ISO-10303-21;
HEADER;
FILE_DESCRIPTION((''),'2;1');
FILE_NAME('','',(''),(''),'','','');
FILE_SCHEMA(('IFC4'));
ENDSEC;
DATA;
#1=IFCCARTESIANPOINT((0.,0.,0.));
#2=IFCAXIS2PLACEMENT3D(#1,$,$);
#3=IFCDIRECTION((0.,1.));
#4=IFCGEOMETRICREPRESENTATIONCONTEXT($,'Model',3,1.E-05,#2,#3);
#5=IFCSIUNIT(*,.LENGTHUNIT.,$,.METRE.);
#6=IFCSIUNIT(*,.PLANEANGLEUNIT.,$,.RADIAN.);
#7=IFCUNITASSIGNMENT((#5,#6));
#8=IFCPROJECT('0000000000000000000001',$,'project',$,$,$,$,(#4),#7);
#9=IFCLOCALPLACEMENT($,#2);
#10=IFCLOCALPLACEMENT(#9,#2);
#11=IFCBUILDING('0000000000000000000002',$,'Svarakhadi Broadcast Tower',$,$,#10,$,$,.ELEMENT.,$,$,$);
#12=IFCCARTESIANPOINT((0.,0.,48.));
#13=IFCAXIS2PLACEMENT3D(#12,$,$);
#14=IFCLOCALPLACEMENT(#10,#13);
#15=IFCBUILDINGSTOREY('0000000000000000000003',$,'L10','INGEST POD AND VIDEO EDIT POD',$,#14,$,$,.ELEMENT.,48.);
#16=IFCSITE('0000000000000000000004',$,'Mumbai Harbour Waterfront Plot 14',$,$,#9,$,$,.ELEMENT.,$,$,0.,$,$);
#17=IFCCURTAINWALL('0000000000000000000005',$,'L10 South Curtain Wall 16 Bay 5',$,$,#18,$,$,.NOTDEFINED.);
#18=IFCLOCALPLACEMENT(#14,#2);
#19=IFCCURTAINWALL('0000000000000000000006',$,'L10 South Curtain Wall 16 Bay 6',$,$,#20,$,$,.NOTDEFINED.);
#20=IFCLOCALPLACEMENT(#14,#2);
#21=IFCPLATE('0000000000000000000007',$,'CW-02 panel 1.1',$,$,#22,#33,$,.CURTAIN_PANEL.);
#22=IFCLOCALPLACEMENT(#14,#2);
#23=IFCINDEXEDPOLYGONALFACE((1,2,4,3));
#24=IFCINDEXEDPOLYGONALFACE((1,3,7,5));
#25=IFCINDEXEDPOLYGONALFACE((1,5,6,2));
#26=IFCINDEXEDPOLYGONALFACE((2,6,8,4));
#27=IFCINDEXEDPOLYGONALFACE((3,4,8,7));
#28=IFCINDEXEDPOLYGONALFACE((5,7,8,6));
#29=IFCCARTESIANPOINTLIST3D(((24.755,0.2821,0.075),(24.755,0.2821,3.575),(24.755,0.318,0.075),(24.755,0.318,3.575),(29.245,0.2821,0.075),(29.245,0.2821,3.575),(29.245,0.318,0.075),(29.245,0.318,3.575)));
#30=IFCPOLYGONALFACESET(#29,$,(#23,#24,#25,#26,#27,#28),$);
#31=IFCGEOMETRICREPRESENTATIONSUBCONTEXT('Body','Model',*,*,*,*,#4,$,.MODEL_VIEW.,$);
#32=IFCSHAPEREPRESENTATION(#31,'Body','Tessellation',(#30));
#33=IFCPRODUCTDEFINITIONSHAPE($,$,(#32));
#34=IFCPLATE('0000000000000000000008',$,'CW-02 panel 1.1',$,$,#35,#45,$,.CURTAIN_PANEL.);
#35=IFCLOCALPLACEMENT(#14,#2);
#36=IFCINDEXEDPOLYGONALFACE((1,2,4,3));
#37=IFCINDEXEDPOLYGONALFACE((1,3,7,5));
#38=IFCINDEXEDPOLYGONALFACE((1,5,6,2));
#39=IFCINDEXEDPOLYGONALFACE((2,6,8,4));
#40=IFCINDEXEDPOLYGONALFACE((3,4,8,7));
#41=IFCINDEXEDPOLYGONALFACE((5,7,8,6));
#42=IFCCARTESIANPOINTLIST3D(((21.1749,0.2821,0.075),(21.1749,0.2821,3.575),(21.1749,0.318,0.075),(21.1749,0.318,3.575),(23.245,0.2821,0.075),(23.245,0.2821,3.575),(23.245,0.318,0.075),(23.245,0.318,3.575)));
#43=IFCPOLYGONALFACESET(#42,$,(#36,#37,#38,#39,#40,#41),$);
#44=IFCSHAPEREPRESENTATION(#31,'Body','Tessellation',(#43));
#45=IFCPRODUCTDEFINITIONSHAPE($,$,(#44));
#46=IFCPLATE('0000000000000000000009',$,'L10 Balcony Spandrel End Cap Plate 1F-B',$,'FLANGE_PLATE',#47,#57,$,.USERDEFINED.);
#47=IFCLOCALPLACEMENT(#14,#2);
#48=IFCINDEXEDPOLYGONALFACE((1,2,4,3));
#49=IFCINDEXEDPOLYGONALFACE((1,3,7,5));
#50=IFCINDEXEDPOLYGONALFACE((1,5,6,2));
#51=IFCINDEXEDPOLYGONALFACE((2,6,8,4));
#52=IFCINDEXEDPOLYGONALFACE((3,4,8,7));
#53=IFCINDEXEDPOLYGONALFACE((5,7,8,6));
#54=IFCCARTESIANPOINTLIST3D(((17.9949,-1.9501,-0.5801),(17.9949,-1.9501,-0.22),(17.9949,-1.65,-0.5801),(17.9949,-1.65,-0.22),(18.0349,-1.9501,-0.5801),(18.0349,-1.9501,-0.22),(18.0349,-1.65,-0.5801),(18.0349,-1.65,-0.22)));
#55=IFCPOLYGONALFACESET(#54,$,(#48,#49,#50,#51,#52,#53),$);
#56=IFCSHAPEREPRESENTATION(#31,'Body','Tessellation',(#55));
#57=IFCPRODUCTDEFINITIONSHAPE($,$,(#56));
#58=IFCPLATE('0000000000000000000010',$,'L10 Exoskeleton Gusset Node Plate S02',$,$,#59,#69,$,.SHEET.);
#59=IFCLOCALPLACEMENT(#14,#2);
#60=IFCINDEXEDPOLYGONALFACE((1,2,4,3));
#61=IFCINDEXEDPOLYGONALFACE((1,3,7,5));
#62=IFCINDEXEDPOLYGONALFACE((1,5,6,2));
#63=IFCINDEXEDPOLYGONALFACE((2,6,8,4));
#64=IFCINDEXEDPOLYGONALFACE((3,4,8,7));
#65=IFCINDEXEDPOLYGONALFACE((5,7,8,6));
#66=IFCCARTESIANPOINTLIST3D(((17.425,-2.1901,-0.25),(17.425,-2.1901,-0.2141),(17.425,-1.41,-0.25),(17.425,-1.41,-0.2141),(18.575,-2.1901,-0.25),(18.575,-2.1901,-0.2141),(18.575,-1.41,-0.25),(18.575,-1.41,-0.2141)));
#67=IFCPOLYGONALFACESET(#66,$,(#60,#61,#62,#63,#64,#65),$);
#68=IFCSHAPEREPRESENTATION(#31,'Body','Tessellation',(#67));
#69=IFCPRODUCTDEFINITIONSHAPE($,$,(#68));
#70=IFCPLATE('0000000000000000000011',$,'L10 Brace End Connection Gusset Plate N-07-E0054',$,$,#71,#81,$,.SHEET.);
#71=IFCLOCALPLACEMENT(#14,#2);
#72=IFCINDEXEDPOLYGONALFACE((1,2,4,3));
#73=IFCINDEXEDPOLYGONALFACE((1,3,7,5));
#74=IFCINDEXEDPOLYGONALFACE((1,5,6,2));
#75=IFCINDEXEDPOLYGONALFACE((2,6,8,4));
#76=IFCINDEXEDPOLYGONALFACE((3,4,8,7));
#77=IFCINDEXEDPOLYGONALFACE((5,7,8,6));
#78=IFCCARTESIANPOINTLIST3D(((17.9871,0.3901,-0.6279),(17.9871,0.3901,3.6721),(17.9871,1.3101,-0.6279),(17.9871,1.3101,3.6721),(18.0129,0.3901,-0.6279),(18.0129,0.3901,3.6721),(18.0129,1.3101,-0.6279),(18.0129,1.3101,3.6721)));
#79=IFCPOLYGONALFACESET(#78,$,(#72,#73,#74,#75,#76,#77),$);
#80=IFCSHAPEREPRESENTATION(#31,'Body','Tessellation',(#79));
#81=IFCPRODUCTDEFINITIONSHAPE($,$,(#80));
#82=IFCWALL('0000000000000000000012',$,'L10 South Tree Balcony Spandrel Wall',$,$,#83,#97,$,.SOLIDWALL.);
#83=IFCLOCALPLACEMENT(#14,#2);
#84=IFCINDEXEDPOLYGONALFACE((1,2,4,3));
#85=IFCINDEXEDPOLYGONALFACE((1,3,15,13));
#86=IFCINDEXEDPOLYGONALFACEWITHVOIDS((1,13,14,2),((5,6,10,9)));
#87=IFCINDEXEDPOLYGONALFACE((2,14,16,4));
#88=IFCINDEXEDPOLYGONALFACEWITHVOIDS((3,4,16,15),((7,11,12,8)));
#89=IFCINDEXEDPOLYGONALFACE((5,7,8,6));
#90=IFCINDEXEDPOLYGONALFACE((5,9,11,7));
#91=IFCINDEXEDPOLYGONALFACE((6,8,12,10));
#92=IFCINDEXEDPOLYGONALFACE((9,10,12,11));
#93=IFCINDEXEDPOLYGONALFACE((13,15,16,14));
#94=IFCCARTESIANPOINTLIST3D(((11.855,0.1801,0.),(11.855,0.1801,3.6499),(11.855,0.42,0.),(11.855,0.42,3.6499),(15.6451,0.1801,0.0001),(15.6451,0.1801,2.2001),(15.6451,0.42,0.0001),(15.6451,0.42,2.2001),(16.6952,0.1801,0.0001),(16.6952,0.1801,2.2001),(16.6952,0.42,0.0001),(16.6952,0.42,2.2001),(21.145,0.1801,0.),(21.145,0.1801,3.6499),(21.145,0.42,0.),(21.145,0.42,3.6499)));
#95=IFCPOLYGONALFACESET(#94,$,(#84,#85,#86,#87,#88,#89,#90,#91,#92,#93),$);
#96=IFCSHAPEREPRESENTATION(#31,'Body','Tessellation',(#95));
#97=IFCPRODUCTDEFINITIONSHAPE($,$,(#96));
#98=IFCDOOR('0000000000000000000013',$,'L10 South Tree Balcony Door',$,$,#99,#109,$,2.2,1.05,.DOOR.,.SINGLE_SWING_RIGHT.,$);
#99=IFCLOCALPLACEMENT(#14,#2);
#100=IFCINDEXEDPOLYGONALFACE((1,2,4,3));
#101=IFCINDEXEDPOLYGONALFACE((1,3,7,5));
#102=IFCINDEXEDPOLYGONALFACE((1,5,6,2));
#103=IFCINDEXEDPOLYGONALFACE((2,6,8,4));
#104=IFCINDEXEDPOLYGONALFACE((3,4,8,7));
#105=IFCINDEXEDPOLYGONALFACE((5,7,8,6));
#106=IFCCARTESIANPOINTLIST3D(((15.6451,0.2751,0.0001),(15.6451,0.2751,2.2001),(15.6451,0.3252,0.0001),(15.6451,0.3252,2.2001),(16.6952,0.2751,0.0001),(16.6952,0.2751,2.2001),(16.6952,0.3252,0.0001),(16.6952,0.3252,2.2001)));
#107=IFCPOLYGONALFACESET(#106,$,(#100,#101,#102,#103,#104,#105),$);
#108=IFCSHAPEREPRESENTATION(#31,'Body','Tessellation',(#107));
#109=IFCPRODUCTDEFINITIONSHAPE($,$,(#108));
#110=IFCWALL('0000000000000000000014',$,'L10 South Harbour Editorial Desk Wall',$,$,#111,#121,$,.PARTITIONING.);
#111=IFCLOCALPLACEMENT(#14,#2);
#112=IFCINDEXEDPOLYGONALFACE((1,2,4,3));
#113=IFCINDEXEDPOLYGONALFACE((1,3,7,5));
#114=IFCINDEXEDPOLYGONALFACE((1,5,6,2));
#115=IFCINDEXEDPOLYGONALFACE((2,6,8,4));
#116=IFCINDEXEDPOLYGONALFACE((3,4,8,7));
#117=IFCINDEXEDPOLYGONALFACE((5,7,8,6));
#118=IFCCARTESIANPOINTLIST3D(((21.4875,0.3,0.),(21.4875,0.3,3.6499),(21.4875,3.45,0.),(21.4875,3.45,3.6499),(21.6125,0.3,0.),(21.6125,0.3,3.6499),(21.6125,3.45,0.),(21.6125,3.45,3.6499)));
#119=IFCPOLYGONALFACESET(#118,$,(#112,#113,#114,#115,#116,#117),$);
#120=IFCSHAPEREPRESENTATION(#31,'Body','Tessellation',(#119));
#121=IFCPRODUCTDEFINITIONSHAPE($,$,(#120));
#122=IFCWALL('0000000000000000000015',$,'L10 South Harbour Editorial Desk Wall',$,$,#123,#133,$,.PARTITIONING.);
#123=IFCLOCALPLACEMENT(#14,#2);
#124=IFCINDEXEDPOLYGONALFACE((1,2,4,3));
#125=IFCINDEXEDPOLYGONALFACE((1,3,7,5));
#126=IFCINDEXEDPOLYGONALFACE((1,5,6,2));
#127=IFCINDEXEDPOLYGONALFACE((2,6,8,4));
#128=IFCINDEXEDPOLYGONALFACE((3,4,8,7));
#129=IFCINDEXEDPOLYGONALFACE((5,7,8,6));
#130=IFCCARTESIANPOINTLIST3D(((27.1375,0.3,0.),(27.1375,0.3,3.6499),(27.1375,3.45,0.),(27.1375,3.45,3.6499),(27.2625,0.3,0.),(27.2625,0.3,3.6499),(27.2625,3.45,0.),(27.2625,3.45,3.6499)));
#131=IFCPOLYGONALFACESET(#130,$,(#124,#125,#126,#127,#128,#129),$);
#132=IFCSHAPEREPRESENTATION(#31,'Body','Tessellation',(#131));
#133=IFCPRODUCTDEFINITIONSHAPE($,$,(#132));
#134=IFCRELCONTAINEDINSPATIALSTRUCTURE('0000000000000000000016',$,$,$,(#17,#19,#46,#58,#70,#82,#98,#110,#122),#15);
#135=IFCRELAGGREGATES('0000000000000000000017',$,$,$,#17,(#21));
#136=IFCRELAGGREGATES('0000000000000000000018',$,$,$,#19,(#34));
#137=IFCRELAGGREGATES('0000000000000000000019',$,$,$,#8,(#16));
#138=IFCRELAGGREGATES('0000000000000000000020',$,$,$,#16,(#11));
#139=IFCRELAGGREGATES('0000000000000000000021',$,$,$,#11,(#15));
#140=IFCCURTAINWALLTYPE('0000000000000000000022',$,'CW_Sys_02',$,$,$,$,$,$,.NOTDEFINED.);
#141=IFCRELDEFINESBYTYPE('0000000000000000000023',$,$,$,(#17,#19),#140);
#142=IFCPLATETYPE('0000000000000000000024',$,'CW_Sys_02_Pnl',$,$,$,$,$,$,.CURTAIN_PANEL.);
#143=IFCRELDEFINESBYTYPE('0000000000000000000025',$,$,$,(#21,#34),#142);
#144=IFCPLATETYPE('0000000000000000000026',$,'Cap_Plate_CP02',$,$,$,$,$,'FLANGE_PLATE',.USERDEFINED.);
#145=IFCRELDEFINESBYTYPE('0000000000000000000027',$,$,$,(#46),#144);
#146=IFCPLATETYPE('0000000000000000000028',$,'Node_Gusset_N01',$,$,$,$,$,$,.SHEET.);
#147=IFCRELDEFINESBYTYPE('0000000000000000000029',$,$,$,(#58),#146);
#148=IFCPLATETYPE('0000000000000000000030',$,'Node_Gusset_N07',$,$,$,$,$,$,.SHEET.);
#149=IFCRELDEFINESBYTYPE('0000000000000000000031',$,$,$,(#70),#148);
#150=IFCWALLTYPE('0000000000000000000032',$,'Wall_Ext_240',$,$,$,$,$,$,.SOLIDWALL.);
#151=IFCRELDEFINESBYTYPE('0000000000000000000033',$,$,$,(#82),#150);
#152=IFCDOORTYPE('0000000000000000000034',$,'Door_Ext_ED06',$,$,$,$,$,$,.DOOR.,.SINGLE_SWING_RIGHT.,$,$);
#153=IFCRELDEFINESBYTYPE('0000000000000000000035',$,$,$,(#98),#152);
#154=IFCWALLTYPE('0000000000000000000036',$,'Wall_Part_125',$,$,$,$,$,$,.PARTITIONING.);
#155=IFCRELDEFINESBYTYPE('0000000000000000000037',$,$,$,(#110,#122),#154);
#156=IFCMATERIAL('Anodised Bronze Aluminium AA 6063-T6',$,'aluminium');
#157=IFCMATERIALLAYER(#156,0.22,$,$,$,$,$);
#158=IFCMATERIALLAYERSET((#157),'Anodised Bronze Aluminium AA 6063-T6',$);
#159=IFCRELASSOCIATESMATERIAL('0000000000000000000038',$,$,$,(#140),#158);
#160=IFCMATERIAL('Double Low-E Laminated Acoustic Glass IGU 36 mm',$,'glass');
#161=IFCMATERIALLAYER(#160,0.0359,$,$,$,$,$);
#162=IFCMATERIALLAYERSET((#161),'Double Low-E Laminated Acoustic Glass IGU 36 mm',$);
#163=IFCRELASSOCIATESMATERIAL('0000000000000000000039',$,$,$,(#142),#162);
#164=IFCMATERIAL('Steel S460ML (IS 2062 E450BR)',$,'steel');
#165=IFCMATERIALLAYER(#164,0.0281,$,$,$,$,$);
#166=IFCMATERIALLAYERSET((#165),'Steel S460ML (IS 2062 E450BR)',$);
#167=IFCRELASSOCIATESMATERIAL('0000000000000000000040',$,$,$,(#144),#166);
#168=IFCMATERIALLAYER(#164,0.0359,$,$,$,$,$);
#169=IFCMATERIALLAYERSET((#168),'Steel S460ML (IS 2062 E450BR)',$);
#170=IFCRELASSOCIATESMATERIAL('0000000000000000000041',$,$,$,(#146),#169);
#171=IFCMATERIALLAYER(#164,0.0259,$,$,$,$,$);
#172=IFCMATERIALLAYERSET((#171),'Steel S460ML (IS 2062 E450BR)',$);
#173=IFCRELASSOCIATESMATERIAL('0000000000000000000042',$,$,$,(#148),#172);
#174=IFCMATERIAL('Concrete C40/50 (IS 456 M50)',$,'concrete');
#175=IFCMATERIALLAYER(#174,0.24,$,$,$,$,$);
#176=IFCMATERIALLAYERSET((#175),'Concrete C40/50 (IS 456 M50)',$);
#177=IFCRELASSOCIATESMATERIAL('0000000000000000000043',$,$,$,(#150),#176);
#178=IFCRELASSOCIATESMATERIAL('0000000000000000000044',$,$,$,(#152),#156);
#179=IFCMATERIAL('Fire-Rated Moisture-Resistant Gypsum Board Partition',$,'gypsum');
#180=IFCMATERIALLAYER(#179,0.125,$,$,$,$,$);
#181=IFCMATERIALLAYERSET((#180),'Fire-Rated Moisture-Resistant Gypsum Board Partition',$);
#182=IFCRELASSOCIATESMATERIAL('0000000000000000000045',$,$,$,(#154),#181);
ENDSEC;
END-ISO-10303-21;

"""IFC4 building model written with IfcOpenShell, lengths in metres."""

from ifc_helpers import new_model, si_unit, direction, frame, frame_2d, origin, origin_2d, place, context, subcontext, project, spatial, rectangle, extrude, material, layer, layer_set, type_object, element, fill, aggregate, save


model = new_model("IFC4")

# Units and contexts
model_context = context("Model", 3, precision=1e-05, world=origin(), true_north=direction((0.0, 1.0)))
body_context = subcontext(model_context, "Body", "Model", "MODEL_VIEW")
ifc_project = project(units=[si_unit("LENGTHUNIT", "METRE"), si_unit("PLANEANGLEUNIT", "RADIAN")], contexts=[model_context])

# Site, building, storey
site_placement = place(None, origin())
site = spatial("IfcSite", under=ifc_project, at=site_placement, Name="Mumbai Harbour Waterfront Plot 14", CompositionType="ELEMENT", RefElevation=0.0)
building_placement = place(site_placement, origin())
building = spatial("IfcBuilding", under=site, at=building_placement, Name="Svarakhadi Broadcast Tower", CompositionType="ELEMENT")
storey_placement = place(building_placement, frame((0.0, 0.0, 48.0)))
storey = spatial("IfcBuildingStorey", under=building, at=storey_placement, Name="L10", Description="INGEST POD AND VIDEO EDIT POD", CompositionType="ELEMENT", Elevation=48.0)

# Curtain wall
ifc_material_1 = material(Name="Anodised Bronze Aluminium AA 6063-T6", Category="aluminium")
ifc_layer_1 = layer(ifc_material_1, 0.22)
ifc_layer_set_1 = layer_set([ifc_layer_1], Name="Anodised Bronze Aluminium AA 6063-T6")
curtain_wall_type = type_object("IfcCurtainWallType", Name="CW_Sys_02", PredefinedType="NOTDEFINED", material=ifc_layer_set_1)
curtain_wall_1_placement = place(storey_placement, origin())
curtain_wall_1 = element("IfcCurtainWall", 1, at=curtain_wall_1_placement, inside=storey, type_object=curtain_wall_type, Name="L10 South Curtain Wall 16 Bay 5", PredefinedType="NOTDEFINED")

# Curtain wall
curtain_wall_2_placement = place(storey_placement, origin())
curtain_wall_2 = element("IfcCurtainWall", 2, at=curtain_wall_2_placement, inside=storey, type_object=curtain_wall_type, Name="L10 South Curtain Wall 16 Bay 6", PredefinedType="NOTDEFINED")

# Shared definitions
ifc_material_2 = material(Name="Steel S460ML (IS 2062 E450BR)", Category="steel")

# Plates
ifc_material_3 = material(Name="Double Low-E Laminated Acoustic Glass IGU 36 mm", Category="glass")
ifc_layer_2 = layer(ifc_material_3, 0.0359)
ifc_layer_set_2 = layer_set([ifc_layer_2], Name="Double Low-E Laminated Acoustic Glass IGU 36 mm")
plate_type_1 = type_object("IfcPlateType", Name="CW_Sys_02_Pnl", PredefinedType="CURTAIN_PANEL", material=ifc_layer_set_2)
plate_1_placement = place(storey_placement, frame((27.0, 0.3, 0.075), z_axis=(0.0, 0.0, 1.0), x_axis=(-1.0, 0.0, 0.0)))
plate_1 = element("IfcPlate", 3, at=plate_1_placement, type_object=plate_type_1, Name="CW-02 panel 1.1", PredefinedType="CURTAIN_PANEL", context=body_context, shape_type="SweptSolid", body=[
    extrude(rectangle(XDim=4.49, YDim=0.0359, at=origin_2d()), origin(), (0.0, 0.0, 1.0), 3.5),
])
aggregate(curtain_wall_1, [plate_1])
plate_2_placement = place(storey_placement, frame((22.21, 0.3, 0.075), z_axis=(0.0, 0.0, 1.0), x_axis=(-1.0, 0.0, 0.0)))
plate_2 = element("IfcPlate", 4, at=plate_2_placement, type_object=plate_type_1, Name="CW-02 panel 1.1", PredefinedType="CURTAIN_PANEL", context=body_context, shape_type="SweptSolid", body=[
    extrude(rectangle(XDim=2.0701, YDim=0.0359, at=origin_2d()), origin(), (0.0, 0.0, 1.0), 3.5),
])
aggregate(curtain_wall_2, [plate_2])

# Plates
ifc_layer_3 = layer(ifc_material_2, 0.0281)
ifc_layer_set_3 = layer_set([ifc_layer_3], Name="Steel S460ML (IS 2062 E450BR)")
plate_type_2 = type_object("IfcPlateType", Name="Cap_Plate_CP02", ElementType="FLANGE_PLATE", PredefinedType="USERDEFINED", material=ifc_layer_set_3)
plate_3_placement = place(storey_placement, frame((18.0149, -1.8, -0.5801), z_axis=(0.0, 0.0, 1.0), x_axis=(1.0, 0.0, 0.0)))
element("IfcPlate", 5, at=plate_3_placement, inside=storey, type_object=plate_type_2, Name="L10 Balcony Spandrel End Cap Plate 1F-B", ObjectType="FLANGE_PLATE", PredefinedType="USERDEFINED", context=body_context, shape_type="SweptSolid", body=[
    extrude(rectangle(XDim=0.04, YDim=0.3, at=origin_2d()), origin(), (0.0, 0.0, 1.0), 0.3601),
])
ifc_layer_4 = layer(ifc_material_2, 0.0359)
ifc_layer_set_4 = layer_set([ifc_layer_4], Name="Steel S460ML (IS 2062 E450BR)")
plate_type_3 = type_object("IfcPlateType", Name="Node_Gusset_N01", PredefinedType="SHEET", material=ifc_layer_set_4)
plate_4_placement = place(storey_placement, frame((18.0, -1.8, -0.25), z_axis=(0.0, 0.0, 1.0), x_axis=(1.0, 0.0, 0.0)))
element("IfcPlate", 6, at=plate_4_placement, inside=storey, type_object=plate_type_3, Name="L10 Exoskeleton Gusset Node Plate S02", PredefinedType="SHEET", context=body_context, shape_type="SweptSolid", body=[
    extrude(rectangle(XDim=1.1499, YDim=0.78, at=origin_2d()), origin(), (0.0, 0.0, 1.0), 0.0359),
])
ifc_layer_5 = layer(ifc_material_2, 0.0259)
ifc_layer_set_5 = layer_set([ifc_layer_5], Name="Steel S460ML (IS 2062 E450BR)")
plate_type_4 = type_object("IfcPlateType", Name="Node_Gusset_N07", PredefinedType="SHEET", material=ifc_layer_set_5)
plate_5_placement = place(storey_placement, frame((18.0, 0.8501, -0.6279), z_axis=(0.0, 0.0, 1.0), x_axis=(0.0, 1.0, 0.0)))
element("IfcPlate", 7, at=plate_5_placement, inside=storey, type_object=plate_type_4, Name="L10 Brace End Connection Gusset Plate N-07-E0054", PredefinedType="SHEET", context=body_context, shape_type="SweptSolid", body=[
    extrude(rectangle(XDim=0.9199, YDim=0.0259, at=origin_2d()), origin(), (0.0, 0.0, 1.0), 4.3),
])

# Wall, opening, door
ifc_material_4 = material(Name="Concrete C40/50 (IS 456 M50)", Category="concrete")
ifc_layer_6 = layer(ifc_material_4, 0.24)
ifc_layer_set_6 = layer_set([ifc_layer_6], Name="Concrete C40/50 (IS 456 M50)")
wall_type_1 = type_object("IfcWallType", Name="Wall_Ext_240", PredefinedType="SOLIDWALL", material=ifc_layer_set_6)
wall_placement = place(storey_placement, frame((21.145, 0.3, 0.0), z_axis=(0.0, 0.0, 1.0), x_axis=(-1.0, 0.0, 0.0)))
wall = element("IfcWall", 8, at=wall_placement, inside=storey, type_object=wall_type_1, Name="L10 South Tree Balcony Spandrel Wall", PredefinedType="SOLIDWALL", context=body_context, shape_type="SweptSolid", body=[
    extrude(rectangle(XDim=9.29, YDim=0.24, at=frame_2d((4.645, 0.0))), origin(), (0.0, 0.0, 1.0), 3.6499),
])
opening_placement = place(wall_placement, frame((4.45, 0.0, 0.0)))
opening = element("IfcOpeningElement", 9, at=opening_placement, cuts=wall, PredefinedType="OPENING", context=body_context, shape_type="SweptSolid", body=[
    extrude(rectangle(XDim=1.05, YDim=2.2, at=frame_2d((0.5249, 1.1001))), frame((0.0, 0.1299, 0.0), z_axis=(0.0, -1.0, 0.0), x_axis=(1.0, 0.0, 0.0)), (0.0, 0.0, 1.0), 0.26),
])
door_type = type_object("IfcDoorType", Name="Door_Ext_ED06", OperationType="SINGLE_SWING_RIGHT", PredefinedType="DOOR", material=ifc_material_1)
door_placement = place(opening_placement, origin())
door = element("IfcDoor", 10, at=door_placement, inside=storey, type_object=door_type, Name="L10 South Tree Balcony Door", OperationType="SINGLE_SWING_RIGHT", OverallHeight=2.2, OverallWidth=1.05, PredefinedType="DOOR", context=body_context, shape_type="SweptSolid", body=[
    extrude(rectangle(XDim=1.05, YDim=2.2, at=frame_2d((0.5249, 1.1001))), frame((0.0, 0.0249, 0.0), z_axis=(0.0, -1.0, 0.0), x_axis=(1.0, 0.0, 0.0)), (0.0, 0.0, 1.0), 0.05),
])
fill(opening, door)

# Walls
ifc_material_5 = material(Name="Fire-Rated Moisture-Resistant Gypsum Board Partition", Category="gypsum")
ifc_layer_7 = layer(ifc_material_5, 0.125)
ifc_layer_set_7 = layer_set([ifc_layer_7], Name="Fire-Rated Moisture-Resistant Gypsum Board Partition")
wall_type_2 = type_object("IfcWallType", Name="Wall_Part_125", PredefinedType="PARTITIONING", material=ifc_layer_set_7)
for number, where, z_axis, x_axis, name in (
    (11, (21.55, 0.3, 0.0), (0.0, 0.0, 1.0), (0.0, 1.0, 0.0), "L10 South Harbour Editorial Desk Wall"),
    (12, (27.2, 0.3, 0.0), (0.0, 0.0, 1.0), (0.0, 1.0, 0.0), "L10 South Harbour Editorial Desk Wall"),
):
    element("IfcWall", number, at=place(storey_placement, frame(where, z_axis=z_axis, x_axis=x_axis)), inside=storey, type_object=wall_type_2, Name=name, PredefinedType="PARTITIONING", context=body_context, shape_type="SweptSolid", body=[
        extrude(rectangle(XDim=3.1499, YDim=0.125, at=frame_2d((1.575, 0.0))), origin(), (0.0, 0.0, 1.0), 3.6499),
    ])

save(model, "model.ifc")
